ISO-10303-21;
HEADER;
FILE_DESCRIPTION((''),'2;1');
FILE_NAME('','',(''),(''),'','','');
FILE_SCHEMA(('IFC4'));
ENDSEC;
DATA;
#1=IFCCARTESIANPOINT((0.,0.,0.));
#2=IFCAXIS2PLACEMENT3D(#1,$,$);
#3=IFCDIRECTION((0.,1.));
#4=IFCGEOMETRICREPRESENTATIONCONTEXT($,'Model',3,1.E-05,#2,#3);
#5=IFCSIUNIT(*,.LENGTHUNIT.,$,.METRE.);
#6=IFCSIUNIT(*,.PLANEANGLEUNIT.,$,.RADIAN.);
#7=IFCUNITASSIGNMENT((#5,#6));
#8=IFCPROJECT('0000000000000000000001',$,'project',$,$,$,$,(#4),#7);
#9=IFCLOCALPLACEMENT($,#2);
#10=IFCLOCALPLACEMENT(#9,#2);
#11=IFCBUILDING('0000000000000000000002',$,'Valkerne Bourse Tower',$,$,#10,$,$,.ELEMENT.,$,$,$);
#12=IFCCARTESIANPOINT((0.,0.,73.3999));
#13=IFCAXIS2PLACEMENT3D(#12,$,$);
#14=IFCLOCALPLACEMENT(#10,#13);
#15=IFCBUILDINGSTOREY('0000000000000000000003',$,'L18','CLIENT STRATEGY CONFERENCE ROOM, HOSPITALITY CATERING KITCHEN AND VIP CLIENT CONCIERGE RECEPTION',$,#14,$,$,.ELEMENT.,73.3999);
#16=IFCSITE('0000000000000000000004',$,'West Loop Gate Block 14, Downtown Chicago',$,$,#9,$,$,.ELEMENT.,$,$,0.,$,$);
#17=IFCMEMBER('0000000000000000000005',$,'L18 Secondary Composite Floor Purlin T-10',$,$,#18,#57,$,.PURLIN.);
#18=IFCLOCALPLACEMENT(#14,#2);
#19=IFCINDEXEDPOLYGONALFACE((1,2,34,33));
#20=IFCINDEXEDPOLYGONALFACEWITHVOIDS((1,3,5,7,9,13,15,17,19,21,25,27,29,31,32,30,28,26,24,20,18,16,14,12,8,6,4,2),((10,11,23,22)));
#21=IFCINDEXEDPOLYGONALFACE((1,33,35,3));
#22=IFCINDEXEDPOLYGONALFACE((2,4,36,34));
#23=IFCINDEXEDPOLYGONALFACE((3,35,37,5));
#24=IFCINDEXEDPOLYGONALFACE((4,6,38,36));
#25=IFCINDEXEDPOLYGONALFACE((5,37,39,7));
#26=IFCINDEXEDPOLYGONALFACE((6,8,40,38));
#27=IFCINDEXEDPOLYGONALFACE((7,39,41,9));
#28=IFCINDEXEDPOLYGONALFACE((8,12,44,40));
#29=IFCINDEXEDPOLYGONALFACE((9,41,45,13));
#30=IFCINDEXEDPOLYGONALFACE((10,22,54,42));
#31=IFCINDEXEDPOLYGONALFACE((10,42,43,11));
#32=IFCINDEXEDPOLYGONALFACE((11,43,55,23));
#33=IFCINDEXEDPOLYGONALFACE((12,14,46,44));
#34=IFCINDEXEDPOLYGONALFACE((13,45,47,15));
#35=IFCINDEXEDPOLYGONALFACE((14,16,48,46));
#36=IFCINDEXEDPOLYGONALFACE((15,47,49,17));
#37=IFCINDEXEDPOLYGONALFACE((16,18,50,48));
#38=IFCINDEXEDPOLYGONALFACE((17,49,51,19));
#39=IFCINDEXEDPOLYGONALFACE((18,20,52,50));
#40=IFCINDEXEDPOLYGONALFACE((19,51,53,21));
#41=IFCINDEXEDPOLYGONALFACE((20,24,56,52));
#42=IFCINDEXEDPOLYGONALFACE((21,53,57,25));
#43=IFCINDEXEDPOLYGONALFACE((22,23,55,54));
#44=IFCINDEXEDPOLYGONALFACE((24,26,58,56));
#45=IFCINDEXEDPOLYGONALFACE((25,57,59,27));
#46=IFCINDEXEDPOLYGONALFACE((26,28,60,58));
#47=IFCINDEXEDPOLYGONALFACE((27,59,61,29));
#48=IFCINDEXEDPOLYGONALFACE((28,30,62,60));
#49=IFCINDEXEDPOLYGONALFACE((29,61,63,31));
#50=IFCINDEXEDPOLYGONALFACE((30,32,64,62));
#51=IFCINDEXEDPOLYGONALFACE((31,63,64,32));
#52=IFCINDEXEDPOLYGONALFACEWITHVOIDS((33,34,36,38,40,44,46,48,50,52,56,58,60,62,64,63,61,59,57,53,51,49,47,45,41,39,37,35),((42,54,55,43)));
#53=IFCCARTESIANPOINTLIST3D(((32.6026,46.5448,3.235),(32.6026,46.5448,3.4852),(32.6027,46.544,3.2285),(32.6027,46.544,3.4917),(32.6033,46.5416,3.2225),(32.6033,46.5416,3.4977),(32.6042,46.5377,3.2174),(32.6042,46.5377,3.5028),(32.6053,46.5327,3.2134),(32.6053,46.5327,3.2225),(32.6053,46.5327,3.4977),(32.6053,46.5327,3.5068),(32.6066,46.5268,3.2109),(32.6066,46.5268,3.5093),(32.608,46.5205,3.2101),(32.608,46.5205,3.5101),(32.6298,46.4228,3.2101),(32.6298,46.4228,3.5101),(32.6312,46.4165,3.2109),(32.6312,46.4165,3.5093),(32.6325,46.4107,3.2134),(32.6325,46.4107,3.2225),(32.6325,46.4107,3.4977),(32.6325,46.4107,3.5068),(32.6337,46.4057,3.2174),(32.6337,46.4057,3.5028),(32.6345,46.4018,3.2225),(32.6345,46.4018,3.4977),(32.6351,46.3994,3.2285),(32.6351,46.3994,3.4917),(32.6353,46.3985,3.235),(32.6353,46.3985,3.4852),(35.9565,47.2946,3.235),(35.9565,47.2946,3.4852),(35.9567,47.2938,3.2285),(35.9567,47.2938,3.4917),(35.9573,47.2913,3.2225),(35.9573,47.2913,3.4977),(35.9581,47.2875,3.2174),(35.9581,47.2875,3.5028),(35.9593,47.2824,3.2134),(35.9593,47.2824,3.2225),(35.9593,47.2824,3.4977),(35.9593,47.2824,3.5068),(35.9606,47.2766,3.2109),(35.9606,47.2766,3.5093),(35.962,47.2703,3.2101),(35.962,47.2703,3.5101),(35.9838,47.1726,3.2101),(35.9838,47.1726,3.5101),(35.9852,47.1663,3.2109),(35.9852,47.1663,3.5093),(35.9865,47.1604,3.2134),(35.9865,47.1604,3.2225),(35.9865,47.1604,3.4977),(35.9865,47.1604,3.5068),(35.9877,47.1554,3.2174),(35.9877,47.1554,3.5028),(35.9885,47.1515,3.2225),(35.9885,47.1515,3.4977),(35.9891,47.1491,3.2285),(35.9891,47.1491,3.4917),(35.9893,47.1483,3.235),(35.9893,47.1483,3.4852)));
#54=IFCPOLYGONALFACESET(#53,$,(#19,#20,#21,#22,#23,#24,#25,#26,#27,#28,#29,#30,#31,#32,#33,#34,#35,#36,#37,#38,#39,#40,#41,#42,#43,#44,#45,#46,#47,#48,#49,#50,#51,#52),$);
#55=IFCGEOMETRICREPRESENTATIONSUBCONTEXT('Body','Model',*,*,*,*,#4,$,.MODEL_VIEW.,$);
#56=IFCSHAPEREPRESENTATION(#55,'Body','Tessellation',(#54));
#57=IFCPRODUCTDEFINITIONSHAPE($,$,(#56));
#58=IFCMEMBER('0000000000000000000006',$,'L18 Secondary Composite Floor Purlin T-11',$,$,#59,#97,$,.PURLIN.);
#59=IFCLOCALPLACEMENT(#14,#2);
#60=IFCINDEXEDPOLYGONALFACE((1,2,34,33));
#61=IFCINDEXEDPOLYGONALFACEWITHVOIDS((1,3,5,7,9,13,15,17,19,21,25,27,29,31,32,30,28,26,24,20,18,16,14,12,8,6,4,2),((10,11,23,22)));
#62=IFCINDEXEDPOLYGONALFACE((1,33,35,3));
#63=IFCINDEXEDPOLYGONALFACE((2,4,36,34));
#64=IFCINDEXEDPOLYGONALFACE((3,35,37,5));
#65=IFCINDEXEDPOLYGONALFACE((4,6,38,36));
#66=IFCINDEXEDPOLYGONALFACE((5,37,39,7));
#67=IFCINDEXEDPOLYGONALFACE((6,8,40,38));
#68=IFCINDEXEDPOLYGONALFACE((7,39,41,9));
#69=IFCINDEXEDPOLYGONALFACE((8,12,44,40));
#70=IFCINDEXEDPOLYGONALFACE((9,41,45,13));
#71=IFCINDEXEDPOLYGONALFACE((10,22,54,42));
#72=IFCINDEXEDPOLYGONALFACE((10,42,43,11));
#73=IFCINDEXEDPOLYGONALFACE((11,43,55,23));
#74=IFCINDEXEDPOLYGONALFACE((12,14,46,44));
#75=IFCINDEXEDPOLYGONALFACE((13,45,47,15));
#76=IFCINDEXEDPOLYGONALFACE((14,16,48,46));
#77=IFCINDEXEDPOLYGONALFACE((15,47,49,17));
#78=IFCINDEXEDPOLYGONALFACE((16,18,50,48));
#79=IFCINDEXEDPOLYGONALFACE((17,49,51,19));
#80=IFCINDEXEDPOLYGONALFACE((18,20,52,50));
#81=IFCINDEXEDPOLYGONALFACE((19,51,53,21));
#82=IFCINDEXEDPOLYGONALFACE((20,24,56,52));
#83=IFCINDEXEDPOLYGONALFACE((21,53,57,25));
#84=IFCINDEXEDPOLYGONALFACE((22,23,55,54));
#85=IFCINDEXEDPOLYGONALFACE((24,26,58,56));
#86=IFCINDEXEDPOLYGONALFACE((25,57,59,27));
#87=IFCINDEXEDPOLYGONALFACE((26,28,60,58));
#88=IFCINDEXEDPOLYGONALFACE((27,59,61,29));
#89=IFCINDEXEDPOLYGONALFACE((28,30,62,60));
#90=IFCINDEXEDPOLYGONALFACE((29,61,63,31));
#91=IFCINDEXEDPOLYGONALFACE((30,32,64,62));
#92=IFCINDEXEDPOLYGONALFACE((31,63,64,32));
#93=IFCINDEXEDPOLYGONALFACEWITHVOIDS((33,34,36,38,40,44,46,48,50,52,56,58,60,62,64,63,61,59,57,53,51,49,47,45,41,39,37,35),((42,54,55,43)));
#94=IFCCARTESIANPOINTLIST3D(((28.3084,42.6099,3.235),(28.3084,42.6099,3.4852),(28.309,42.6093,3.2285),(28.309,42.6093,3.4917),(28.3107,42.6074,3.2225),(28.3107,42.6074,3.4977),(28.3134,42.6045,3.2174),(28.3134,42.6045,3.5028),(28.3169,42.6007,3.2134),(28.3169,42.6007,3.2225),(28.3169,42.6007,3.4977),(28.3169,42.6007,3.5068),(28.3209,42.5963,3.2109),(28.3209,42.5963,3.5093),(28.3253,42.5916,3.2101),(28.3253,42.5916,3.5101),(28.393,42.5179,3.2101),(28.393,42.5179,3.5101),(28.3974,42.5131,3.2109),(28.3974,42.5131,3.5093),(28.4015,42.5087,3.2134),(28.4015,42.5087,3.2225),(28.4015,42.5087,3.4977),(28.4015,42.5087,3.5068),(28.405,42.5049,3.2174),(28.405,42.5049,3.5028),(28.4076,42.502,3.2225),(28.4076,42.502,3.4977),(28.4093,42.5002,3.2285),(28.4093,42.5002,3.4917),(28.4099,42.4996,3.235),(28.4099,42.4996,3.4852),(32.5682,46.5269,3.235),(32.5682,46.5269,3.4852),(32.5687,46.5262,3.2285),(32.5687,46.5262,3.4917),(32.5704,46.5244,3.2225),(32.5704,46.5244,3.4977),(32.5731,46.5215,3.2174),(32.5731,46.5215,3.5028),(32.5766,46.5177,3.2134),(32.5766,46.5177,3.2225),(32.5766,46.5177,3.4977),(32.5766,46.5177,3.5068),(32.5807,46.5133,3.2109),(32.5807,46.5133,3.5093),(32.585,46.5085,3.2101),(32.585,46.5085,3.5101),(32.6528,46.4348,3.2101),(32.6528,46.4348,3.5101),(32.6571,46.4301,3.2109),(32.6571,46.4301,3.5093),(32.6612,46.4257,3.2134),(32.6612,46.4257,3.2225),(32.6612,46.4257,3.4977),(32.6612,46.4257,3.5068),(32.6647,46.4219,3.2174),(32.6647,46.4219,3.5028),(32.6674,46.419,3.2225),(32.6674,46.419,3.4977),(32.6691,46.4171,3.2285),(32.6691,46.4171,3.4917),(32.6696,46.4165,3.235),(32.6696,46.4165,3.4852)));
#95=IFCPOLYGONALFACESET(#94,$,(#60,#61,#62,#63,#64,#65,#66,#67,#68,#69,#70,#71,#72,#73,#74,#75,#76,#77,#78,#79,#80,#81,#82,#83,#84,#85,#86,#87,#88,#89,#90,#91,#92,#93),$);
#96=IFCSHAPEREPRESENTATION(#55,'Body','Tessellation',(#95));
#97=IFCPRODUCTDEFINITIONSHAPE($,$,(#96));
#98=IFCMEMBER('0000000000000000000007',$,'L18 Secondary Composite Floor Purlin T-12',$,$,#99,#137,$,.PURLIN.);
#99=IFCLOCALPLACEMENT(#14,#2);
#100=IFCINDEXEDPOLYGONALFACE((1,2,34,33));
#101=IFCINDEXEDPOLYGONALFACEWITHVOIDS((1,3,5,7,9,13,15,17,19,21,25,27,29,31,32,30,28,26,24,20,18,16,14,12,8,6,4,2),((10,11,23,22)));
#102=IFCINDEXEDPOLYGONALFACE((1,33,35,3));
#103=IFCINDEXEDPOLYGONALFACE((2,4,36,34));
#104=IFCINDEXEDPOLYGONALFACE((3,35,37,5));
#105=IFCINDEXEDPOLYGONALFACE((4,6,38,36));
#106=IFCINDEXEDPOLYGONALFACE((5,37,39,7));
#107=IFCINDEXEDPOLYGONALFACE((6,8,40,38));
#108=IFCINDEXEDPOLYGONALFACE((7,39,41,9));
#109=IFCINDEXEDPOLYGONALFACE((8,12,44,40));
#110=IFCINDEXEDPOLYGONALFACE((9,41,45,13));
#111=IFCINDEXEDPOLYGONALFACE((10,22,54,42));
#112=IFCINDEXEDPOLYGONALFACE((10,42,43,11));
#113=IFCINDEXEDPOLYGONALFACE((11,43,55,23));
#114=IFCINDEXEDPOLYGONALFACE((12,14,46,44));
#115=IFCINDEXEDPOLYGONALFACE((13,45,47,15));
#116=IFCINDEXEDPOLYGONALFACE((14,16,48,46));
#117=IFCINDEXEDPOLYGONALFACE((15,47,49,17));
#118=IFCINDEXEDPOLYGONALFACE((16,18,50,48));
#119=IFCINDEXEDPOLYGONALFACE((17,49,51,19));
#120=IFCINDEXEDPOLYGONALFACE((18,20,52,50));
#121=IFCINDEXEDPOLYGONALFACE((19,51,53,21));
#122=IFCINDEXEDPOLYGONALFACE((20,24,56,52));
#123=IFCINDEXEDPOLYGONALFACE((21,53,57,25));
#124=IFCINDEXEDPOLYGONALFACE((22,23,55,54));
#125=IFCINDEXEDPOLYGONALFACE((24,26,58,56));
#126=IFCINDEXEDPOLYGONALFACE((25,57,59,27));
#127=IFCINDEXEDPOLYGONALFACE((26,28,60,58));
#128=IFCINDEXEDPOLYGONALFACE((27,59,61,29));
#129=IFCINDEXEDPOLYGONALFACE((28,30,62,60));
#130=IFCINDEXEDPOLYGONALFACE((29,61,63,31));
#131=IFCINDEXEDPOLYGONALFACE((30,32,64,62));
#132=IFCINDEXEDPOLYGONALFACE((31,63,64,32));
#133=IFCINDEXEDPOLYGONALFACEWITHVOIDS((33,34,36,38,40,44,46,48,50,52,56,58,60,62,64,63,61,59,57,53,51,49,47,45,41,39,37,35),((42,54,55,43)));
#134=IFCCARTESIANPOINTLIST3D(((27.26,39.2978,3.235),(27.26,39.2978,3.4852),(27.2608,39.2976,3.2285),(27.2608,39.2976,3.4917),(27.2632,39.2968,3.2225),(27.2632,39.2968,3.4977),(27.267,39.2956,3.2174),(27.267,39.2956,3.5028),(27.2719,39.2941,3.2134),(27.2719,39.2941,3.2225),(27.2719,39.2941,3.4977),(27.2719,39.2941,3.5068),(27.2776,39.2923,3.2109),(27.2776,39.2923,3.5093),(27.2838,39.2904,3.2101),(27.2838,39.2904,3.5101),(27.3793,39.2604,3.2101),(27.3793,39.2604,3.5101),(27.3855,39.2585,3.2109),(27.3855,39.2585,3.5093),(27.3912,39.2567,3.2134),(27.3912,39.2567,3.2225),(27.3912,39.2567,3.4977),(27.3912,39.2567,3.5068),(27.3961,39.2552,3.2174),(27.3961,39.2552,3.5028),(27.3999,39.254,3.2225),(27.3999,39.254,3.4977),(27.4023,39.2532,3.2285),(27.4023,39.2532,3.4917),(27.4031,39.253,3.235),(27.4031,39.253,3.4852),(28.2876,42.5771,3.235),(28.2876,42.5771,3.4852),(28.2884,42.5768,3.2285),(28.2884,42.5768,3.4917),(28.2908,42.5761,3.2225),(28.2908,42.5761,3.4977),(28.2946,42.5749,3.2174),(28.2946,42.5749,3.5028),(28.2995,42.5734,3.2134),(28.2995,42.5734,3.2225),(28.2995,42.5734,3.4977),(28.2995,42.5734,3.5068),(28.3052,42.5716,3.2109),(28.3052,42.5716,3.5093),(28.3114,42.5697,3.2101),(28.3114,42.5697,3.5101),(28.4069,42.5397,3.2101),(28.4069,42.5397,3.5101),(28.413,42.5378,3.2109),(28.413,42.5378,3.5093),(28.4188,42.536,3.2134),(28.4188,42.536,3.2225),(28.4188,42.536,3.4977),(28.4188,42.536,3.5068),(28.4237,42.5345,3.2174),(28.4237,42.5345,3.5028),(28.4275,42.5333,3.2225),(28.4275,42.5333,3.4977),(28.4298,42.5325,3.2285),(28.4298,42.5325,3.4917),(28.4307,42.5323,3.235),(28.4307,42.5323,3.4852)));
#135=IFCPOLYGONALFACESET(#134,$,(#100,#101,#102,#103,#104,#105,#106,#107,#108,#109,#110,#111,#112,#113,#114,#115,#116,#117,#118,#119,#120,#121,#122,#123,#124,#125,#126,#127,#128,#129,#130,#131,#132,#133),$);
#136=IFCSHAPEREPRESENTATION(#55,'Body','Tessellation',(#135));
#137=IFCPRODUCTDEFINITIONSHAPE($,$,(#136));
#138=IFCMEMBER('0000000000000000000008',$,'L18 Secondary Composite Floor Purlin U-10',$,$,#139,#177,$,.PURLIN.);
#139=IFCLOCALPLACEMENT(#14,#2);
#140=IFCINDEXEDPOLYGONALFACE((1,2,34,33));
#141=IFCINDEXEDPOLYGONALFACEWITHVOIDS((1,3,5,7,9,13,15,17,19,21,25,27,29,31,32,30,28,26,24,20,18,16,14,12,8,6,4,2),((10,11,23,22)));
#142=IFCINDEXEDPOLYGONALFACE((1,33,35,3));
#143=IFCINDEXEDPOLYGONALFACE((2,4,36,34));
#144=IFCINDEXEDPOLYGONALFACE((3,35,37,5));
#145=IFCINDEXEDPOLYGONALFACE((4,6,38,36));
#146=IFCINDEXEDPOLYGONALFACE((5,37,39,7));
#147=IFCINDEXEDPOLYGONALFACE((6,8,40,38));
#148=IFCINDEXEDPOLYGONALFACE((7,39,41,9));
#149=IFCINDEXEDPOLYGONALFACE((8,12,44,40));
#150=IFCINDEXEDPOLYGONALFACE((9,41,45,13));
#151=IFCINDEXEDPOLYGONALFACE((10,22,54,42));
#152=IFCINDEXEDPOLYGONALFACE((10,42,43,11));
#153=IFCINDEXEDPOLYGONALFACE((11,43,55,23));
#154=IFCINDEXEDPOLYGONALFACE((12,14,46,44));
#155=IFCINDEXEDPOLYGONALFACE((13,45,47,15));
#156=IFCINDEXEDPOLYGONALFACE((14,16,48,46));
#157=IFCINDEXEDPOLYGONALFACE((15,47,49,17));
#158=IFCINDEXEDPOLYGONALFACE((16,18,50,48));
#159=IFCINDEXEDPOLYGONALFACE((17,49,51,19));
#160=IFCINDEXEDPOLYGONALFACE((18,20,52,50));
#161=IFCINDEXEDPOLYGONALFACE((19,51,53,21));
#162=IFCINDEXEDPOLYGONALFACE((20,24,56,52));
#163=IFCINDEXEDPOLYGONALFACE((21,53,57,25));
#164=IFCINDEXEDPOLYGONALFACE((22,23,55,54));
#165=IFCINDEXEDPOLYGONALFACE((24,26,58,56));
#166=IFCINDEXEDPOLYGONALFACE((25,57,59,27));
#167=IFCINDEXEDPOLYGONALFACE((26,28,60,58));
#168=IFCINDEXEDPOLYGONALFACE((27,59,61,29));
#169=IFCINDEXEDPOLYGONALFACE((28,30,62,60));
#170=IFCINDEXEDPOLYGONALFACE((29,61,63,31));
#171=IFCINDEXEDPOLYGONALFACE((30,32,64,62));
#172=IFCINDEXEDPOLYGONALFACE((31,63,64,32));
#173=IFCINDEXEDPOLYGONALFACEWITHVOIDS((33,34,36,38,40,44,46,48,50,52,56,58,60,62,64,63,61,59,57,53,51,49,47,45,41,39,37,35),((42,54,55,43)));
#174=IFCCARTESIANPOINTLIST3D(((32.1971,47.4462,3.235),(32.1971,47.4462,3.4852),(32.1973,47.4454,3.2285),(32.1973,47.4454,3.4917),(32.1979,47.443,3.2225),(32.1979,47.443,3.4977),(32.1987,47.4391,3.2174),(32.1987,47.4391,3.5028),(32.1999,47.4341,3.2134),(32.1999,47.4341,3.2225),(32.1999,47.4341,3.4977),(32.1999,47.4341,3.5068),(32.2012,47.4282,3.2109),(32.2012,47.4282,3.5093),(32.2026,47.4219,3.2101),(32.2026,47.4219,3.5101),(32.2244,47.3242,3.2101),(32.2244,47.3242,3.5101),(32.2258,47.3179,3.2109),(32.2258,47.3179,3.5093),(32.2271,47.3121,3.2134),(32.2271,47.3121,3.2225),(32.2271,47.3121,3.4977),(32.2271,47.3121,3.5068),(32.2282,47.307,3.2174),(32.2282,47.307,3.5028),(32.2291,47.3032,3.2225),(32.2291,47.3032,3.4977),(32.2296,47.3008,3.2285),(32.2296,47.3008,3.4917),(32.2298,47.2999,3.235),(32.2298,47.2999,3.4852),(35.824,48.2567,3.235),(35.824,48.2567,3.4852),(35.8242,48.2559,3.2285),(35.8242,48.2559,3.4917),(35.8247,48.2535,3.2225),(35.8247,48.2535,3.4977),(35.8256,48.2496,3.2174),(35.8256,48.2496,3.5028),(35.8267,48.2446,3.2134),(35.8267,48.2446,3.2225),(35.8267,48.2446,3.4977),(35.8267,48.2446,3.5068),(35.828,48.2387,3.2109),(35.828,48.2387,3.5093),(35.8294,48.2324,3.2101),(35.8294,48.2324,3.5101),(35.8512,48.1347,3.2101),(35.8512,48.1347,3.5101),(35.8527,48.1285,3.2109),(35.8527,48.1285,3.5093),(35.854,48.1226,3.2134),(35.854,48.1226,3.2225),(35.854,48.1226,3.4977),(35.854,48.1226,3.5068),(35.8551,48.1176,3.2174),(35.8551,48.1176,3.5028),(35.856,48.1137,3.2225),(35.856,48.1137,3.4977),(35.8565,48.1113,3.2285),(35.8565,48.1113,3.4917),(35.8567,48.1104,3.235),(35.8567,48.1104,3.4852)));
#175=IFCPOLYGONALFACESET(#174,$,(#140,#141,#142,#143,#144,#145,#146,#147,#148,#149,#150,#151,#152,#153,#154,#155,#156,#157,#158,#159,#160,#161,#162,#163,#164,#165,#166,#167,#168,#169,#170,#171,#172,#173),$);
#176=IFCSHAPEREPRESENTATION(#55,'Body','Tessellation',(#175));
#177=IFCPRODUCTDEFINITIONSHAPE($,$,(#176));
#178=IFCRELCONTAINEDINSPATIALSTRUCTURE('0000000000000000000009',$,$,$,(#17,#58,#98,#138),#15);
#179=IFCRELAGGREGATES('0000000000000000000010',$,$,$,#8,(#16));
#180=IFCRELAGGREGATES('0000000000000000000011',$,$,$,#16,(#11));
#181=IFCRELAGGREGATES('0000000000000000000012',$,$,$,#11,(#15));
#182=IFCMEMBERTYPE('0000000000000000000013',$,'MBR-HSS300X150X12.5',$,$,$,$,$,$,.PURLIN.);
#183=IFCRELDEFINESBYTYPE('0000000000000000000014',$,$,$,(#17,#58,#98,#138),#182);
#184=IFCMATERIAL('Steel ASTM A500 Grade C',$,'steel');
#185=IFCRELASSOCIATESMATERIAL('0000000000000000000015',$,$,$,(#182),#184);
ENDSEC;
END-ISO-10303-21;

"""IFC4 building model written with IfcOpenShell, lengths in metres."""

from ifc_helpers import new_model, si_unit, direction, frame, origin, origin_2d, place, context, subcontext, project, spatial, hollow_rectangle, extrude, material, material_profile, profile_set, type_object, element, save


model = new_model("IFC4")

# Units and contexts
model_context = context("Model", 3, precision=1e-05, world=origin(), true_north=direction((0.0, 1.0)))
body_context = subcontext(model_context, "Body", "Model", "MODEL_VIEW")
ifc_project = project(units=[si_unit("LENGTHUNIT", "METRE"), si_unit("PLANEANGLEUNIT", "RADIAN")], contexts=[model_context])

# Site, building, storey
site_placement = place(None, origin())
site = spatial("IfcSite", under=ifc_project, at=site_placement, Name="West Loop Gate Block 14, Downtown Chicago", CompositionType="ELEMENT", RefElevation=0.0)
building_placement = place(site_placement, origin())
building = spatial("IfcBuilding", under=site, at=building_placement, Name="Valkerne Bourse Tower", CompositionType="ELEMENT")
storey_placement = place(building_placement, frame((0.0, 0.0, 73.3999)))
storey = spatial("IfcBuildingStorey", under=building, at=storey_placement, Name="L18", Description="CLIENT STRATEGY CONFERENCE ROOM, HOSPITALITY CATERING KITCHEN AND VIP CLIENT CONCIERGE RECEPTION", CompositionType="ELEMENT", Elevation=73.3999)

# Members
ifc_material_1 = material(Name="Steel ASTM A500 Grade C", Category="steel")
ifc_material_profile_1 = material_profile(ifc_material_1, hollow_rectangle(XDim=0.1499, YDim=0.3, WallThickness=0.0125, OuterFilletRadius=0.0249, at=origin_2d()), Name="HSS300X150X12.5")
ifc_profile_set_1 = profile_set([ifc_material_profile_1], Name="Steel ASTM A500 Grade C")
member_type_1 = type_object("IfcMemberType", Name="MBR-HSS300X150X12.5", PredefinedType="PURLIN", material=ifc_profile_set_1)
member_1_placement = place(storey_placement, frame((35.9729, 47.2214, 3.3601), z_axis=(-0.975914, -0.218156, 0.0), x_axis=(0.218156, -0.975914, 0.0)))
element("IfcMember", 1, at=member_1_placement, inside=storey, type_object=member_type_1, Name="L18 Secondary Composite Floor Purlin T-10", PredefinedType="PURLIN", context=body_context, shape_type="SweptSolid", body=[
    extrude(hollow_rectangle(XDim=0.1499, YDim=0.3, WallThickness=0.0125, OuterFilletRadius=0.0249, at=origin_2d()), origin(), (0.0, 0.0, 1.0), 3.4368),
])
member_2_placement = place(storey_placement, frame((32.6189, 46.4717, 3.3601), z_axis=(-0.736103, -0.67687, 0.0), x_axis=(0.67687, -0.736103, 0.0)))
element("IfcMember", 2, at=member_2_placement, inside=storey, type_object=member_type_1, Name="L18 Secondary Composite Floor Purlin T-11", PredefinedType="PURLIN", context=body_context, shape_type="SweptSolid", body=[
    extrude(hollow_rectangle(XDim=0.1499, YDim=0.3, WallThickness=0.0125, OuterFilletRadius=0.0249, at=origin_2d()), origin(), (0.0, 0.0, 1.0), 5.7869),
])
member_3_placement = place(storey_placement, frame((28.3591, 42.5547, 3.3601), z_axis=(-0.299019, -0.954247, 0.0), x_axis=(0.954247, -0.299019, 0.0)))
element("IfcMember", 3, at=member_3_placement, inside=storey, type_object=member_type_1, Name="L18 Secondary Composite Floor Purlin T-12", PredefinedType="PURLIN", context=body_context, shape_type="SweptSolid", body=[
    extrude(hollow_rectangle(XDim=0.1499, YDim=0.3, WallThickness=0.0125, OuterFilletRadius=0.0249, at=origin_2d()), origin(), (0.0, 0.0, 1.0), 3.4365),
])
member_4_placement = place(storey_placement, frame((35.8403, 48.1836, 3.3601), z_axis=(-0.975927, -0.218099, 0.0), x_axis=(0.218099, -0.975927, 0.0)))
element("IfcMember", 4, at=member_4_placement, inside=storey, type_object=member_type_1, Name="L18 Secondary Composite Floor Purlin U-10", PredefinedType="PURLIN", context=body_context, shape_type="SweptSolid", body=[
    extrude(hollow_rectangle(XDim=0.1499, YDim=0.3, WallThickness=0.0125, OuterFilletRadius=0.0249, at=origin_2d()), origin(), (0.0, 0.0, 1.0), 3.7163),
])

save(model, "model.ifc")
